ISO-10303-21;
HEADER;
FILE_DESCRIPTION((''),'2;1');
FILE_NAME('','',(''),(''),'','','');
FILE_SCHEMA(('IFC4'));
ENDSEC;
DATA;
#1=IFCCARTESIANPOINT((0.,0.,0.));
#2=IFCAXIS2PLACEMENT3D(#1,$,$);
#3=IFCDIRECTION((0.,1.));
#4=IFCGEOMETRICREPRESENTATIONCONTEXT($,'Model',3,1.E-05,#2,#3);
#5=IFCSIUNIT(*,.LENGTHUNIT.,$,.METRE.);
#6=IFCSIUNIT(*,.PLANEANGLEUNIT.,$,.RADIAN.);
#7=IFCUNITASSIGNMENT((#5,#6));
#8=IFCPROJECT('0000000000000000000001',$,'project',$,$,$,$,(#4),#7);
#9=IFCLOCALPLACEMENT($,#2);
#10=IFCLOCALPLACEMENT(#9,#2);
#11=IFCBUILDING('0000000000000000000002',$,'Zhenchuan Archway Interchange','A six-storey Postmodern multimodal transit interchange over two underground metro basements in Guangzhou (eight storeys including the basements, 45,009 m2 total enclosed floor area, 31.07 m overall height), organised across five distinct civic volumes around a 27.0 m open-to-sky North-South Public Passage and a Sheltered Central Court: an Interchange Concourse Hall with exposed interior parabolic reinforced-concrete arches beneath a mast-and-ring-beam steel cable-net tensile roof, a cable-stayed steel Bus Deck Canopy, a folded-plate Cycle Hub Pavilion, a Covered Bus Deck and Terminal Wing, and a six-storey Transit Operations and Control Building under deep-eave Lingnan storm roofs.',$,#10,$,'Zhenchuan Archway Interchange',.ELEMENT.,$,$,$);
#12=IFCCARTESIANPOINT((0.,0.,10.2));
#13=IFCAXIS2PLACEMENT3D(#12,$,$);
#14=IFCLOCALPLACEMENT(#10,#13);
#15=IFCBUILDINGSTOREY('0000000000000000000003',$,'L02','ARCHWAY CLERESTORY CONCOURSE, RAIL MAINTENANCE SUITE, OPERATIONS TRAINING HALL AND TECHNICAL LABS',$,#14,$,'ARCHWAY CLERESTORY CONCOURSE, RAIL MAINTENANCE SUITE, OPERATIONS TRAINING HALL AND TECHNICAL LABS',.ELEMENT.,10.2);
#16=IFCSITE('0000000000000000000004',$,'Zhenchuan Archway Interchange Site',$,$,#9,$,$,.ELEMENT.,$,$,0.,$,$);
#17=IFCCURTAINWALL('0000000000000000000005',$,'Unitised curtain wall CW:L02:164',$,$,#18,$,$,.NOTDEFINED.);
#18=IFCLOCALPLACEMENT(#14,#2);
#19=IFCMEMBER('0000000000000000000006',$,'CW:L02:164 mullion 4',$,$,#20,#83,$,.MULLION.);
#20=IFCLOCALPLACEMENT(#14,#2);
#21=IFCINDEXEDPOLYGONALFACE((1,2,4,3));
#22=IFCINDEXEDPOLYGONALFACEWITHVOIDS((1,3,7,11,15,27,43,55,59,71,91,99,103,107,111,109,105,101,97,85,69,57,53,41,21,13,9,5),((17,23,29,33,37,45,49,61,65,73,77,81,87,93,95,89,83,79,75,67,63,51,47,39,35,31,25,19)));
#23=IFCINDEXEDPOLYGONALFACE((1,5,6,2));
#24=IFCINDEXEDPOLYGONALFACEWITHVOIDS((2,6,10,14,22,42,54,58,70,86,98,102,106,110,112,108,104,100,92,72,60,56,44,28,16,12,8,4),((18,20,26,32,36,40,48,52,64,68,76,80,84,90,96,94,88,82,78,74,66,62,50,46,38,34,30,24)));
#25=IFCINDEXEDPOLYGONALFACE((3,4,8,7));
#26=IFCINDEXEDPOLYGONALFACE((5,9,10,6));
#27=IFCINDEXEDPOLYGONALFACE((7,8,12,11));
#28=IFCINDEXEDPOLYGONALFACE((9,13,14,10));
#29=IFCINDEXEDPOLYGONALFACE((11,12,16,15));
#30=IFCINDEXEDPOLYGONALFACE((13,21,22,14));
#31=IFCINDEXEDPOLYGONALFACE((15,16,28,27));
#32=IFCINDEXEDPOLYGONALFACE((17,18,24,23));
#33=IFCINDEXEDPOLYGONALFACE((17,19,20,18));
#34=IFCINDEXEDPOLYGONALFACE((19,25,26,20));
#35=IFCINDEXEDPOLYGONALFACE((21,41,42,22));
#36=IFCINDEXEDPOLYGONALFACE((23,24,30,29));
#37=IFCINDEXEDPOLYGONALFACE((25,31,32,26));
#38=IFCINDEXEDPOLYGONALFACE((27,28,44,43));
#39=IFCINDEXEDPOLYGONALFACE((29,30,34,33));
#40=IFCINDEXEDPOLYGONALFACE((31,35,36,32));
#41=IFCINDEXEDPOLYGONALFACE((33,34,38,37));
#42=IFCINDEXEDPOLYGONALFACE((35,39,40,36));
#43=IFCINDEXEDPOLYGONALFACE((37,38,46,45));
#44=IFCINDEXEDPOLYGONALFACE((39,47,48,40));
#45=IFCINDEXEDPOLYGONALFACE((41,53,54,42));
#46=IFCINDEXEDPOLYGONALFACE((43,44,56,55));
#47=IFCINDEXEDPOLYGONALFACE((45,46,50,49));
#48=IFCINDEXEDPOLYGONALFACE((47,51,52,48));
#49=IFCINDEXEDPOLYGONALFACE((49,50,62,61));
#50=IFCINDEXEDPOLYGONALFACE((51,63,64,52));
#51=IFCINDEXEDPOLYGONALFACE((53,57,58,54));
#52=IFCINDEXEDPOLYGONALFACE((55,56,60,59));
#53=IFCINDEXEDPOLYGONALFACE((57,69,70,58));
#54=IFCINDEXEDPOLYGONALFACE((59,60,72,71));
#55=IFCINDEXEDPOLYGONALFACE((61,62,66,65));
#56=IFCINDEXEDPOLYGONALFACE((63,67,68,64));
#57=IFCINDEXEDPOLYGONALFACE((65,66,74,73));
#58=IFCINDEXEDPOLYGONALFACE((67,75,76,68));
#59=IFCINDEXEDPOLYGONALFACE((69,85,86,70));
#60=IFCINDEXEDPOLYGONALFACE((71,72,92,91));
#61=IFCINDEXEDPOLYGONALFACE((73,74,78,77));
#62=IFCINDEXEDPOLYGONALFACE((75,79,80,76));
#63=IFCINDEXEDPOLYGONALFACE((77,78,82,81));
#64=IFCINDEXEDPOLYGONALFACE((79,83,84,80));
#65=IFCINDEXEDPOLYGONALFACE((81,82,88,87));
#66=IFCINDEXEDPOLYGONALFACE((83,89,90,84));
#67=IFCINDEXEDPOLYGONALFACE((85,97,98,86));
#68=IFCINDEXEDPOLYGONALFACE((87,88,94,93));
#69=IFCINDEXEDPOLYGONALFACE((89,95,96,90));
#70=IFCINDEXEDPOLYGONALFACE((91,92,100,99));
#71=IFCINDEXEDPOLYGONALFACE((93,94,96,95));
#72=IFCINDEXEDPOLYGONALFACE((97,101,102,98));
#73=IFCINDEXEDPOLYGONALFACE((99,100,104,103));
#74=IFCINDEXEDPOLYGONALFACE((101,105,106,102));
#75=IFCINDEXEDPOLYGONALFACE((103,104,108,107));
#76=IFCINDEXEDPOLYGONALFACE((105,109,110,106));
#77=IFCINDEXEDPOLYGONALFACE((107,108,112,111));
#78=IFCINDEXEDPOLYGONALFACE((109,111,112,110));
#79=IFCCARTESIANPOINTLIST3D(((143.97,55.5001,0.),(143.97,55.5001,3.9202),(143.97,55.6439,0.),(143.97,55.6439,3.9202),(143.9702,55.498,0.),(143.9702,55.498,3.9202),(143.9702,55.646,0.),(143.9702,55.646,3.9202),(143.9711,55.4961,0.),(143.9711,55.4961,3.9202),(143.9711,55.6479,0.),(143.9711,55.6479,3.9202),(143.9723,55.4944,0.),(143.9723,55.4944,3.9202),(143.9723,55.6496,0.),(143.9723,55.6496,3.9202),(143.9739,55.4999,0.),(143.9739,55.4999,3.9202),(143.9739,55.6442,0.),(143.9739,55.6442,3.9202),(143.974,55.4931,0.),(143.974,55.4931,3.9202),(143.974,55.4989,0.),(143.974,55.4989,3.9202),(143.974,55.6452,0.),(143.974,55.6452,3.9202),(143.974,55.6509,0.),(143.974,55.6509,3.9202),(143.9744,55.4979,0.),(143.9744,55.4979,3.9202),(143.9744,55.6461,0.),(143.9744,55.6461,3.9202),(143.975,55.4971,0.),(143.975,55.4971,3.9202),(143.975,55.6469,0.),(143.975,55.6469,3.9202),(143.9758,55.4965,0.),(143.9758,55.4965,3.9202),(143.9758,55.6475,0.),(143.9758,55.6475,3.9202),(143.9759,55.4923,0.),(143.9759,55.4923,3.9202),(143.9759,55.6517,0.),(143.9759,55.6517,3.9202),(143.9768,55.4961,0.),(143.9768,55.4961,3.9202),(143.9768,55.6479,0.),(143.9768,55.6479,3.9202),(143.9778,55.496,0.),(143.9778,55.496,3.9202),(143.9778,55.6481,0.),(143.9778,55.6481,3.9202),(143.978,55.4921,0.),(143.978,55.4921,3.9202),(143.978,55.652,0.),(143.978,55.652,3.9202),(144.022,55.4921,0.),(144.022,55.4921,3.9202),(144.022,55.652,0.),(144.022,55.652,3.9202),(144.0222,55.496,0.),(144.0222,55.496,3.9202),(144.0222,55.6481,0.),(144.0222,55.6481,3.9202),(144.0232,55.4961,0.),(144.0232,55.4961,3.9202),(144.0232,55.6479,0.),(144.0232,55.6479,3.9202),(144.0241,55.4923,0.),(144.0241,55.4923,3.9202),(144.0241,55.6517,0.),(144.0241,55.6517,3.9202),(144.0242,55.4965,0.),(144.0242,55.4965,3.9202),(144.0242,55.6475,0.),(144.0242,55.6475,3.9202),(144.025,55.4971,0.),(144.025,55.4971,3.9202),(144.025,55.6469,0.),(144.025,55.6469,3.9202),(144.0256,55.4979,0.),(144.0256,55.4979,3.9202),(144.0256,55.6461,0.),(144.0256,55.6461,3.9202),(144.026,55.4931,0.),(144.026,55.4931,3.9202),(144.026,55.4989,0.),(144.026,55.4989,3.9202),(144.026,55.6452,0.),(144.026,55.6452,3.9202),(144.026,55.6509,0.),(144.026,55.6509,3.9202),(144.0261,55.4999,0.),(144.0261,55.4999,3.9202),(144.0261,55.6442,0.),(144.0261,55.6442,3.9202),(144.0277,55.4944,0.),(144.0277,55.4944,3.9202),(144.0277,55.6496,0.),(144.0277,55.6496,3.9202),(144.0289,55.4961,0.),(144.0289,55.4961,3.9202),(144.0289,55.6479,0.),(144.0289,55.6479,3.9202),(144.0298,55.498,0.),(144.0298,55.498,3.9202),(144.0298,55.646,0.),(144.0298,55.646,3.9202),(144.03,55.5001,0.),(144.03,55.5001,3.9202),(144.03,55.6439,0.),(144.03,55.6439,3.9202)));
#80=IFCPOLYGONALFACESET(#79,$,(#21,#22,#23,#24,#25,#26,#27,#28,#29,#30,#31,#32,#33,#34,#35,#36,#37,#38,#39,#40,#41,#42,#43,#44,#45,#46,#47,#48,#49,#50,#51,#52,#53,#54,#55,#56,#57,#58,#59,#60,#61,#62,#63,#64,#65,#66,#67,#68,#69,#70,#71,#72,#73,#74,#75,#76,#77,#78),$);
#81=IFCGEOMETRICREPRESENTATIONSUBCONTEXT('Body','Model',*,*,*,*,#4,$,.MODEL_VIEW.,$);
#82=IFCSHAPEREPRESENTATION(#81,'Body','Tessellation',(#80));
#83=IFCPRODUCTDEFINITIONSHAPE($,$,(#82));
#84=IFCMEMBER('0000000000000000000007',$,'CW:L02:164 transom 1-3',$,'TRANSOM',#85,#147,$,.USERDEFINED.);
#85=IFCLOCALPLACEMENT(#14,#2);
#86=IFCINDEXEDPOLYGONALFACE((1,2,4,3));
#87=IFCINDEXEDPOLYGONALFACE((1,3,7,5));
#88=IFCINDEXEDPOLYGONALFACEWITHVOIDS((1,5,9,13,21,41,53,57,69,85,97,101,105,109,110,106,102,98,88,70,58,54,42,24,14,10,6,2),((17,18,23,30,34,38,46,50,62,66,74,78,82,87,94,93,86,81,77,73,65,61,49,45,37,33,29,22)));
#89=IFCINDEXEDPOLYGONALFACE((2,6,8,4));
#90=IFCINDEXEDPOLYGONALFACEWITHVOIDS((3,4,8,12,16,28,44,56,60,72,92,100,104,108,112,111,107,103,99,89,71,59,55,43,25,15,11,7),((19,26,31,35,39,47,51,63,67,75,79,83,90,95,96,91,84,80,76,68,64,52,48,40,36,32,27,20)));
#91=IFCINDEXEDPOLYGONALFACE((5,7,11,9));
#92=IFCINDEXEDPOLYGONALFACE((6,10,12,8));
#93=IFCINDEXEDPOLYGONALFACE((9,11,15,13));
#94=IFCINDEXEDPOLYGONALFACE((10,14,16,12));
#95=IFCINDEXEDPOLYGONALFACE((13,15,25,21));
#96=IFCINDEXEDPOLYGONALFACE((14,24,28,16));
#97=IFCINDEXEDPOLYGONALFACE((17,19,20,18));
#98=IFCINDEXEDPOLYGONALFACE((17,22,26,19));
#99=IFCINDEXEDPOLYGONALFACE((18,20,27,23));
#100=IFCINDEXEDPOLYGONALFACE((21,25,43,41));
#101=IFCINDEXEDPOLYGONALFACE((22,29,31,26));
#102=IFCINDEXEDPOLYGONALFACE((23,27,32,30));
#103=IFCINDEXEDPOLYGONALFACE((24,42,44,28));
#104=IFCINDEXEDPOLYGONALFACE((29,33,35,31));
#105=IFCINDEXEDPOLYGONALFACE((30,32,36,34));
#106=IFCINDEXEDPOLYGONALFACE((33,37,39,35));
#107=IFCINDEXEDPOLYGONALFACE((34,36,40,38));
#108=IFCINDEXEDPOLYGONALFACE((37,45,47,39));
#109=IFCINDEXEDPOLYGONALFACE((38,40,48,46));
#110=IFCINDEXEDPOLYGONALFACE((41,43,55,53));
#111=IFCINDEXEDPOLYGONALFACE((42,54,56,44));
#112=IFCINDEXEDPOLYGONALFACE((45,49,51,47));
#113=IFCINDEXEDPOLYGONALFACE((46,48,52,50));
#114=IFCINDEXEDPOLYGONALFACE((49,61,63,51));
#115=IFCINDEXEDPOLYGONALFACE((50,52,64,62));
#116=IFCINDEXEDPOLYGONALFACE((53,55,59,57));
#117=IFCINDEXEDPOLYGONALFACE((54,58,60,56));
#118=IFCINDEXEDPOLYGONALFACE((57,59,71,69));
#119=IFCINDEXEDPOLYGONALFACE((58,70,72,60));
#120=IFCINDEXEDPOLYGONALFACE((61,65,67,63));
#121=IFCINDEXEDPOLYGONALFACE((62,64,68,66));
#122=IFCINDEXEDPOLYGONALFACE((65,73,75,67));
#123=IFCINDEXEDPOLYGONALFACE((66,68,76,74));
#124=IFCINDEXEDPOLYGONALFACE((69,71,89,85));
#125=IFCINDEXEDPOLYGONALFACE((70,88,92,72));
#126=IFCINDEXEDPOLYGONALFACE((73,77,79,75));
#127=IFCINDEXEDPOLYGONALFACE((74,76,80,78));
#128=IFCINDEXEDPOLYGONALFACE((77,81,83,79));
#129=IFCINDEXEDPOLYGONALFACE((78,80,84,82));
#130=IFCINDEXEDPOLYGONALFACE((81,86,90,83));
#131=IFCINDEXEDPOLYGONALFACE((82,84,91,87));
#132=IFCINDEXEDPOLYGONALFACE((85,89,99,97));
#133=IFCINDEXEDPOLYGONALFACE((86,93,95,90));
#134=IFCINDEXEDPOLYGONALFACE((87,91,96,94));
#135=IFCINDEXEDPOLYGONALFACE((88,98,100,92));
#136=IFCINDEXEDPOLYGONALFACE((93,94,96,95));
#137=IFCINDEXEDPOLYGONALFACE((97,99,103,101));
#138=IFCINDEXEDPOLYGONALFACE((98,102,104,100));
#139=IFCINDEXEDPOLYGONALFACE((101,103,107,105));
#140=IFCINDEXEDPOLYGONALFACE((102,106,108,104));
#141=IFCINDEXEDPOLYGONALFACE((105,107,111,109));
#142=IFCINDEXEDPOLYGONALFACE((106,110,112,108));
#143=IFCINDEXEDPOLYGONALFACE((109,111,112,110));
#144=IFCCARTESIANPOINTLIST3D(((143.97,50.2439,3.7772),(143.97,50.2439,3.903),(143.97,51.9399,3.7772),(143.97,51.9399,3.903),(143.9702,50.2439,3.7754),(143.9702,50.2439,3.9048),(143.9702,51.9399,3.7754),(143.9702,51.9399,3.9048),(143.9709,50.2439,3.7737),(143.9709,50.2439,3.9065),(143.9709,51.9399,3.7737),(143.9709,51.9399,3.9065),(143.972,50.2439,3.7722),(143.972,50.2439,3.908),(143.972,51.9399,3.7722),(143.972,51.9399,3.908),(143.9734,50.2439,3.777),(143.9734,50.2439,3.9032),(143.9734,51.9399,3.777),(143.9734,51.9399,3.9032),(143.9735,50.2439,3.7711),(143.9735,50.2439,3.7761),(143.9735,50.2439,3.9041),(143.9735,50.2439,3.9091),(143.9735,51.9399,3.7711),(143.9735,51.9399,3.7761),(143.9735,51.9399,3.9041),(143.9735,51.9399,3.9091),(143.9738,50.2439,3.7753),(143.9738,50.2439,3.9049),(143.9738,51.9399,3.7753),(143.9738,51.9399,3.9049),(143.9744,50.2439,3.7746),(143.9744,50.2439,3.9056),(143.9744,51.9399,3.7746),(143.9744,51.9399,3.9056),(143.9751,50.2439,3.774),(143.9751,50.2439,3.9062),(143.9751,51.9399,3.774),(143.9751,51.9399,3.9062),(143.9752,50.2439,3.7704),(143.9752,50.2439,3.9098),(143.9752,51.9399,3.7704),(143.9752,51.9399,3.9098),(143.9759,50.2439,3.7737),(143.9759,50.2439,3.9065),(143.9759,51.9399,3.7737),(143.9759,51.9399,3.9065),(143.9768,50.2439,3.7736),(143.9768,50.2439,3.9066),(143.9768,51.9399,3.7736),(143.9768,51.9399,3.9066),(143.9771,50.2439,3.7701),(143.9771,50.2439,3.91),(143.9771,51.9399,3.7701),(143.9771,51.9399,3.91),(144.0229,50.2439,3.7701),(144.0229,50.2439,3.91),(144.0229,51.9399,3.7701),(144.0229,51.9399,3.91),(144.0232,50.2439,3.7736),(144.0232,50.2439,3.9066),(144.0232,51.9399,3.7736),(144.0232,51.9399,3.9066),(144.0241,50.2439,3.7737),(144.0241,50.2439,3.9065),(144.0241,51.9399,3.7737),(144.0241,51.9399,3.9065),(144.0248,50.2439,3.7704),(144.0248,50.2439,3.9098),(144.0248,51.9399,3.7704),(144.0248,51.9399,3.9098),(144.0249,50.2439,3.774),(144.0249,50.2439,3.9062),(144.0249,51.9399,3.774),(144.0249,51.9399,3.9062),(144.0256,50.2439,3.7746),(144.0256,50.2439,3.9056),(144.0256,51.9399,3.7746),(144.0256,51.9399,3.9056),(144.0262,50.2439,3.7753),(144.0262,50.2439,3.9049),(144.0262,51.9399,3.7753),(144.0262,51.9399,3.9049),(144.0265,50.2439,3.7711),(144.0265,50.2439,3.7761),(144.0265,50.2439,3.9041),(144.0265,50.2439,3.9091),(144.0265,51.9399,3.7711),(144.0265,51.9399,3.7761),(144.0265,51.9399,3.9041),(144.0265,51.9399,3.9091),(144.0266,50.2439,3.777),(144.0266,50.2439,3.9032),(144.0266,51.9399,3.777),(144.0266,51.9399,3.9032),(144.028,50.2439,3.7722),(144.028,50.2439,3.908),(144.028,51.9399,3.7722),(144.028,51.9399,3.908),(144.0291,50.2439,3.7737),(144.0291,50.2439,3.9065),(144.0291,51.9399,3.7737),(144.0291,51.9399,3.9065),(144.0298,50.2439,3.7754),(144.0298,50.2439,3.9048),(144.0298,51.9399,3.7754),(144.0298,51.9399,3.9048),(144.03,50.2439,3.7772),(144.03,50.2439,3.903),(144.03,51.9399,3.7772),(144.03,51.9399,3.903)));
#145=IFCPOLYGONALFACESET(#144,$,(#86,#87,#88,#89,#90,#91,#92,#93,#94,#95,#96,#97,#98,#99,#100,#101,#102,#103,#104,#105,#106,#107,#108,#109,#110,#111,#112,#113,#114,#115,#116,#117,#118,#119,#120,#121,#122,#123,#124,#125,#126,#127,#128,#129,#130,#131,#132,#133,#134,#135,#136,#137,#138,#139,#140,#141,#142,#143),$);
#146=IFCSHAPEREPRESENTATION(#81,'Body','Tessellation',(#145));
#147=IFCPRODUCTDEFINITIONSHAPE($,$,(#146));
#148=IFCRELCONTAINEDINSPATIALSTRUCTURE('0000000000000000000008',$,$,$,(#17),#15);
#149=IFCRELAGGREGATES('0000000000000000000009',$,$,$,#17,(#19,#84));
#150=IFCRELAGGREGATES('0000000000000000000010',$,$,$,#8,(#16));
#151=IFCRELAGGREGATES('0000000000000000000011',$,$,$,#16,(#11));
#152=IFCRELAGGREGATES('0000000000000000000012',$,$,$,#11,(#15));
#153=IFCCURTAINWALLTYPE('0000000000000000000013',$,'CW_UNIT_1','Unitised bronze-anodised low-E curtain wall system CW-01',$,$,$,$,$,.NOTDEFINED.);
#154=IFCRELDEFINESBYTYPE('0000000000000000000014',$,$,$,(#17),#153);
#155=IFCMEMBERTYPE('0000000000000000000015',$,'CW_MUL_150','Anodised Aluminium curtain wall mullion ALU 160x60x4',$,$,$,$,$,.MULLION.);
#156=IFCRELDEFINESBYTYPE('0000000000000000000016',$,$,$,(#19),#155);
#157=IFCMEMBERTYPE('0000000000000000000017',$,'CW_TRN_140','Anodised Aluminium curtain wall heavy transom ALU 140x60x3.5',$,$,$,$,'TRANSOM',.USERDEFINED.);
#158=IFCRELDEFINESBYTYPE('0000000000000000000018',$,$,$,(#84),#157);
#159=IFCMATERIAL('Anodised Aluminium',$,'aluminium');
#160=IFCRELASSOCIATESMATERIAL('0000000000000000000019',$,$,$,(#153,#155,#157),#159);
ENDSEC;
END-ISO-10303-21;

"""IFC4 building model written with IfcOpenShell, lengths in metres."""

from ifc_helpers import new_model, si_unit, direction, frame, origin, origin_2d, place, context, subcontext, project, spatial, hollow_rectangle, extrude, material, material_profile, profile_set, type_object, element, aggregate, save


model = new_model("IFC4")

# Units and contexts
model_context = context("Model", 3, precision=1e-05, world=origin(), true_north=direction((0.0, 1.0)))
body_context = subcontext(model_context, "Body", "Model", "MODEL_VIEW")
ifc_project = project(units=[si_unit("LENGTHUNIT", "METRE"), si_unit("PLANEANGLEUNIT", "RADIAN")], contexts=[model_context])

# Site, building, storey
site_placement = place(None, origin())
site = spatial("IfcSite", under=ifc_project, at=site_placement, Name="Zhenchuan Archway Interchange Site", CompositionType="ELEMENT", RefElevation=0.0)
building_placement = place(site_placement, origin())
building = spatial("IfcBuilding", under=site, at=building_placement, Name="Zhenchuan Archway Interchange", Description="A six-storey Postmodern multimodal transit interchange over two underground metro basements in Guangzhou (eight storeys including the basements, 45,009 m2 total enclosed floor area, 31.07 m overall height), organised across five distinct civic volumes around a 27.0 m open-to-sky North-South Public Passage and a Sheltered Central Court: an Interchange Concourse Hall with exposed interior parabolic reinforced-concrete arches beneath a mast-and-ring-beam steel cable-net tensile roof, a cable-stayed steel Bus Deck Canopy, a folded-plate Cycle Hub Pavilion, a Covered Bus Deck and Terminal Wing, and a six-storey Transit Operations and Control Building under deep-eave Lingnan storm roofs.", LongName="Zhenchuan Archway Interchange", CompositionType="ELEMENT")
storey_placement = place(building_placement, frame((0.0, 0.0, 10.2)))
storey = spatial("IfcBuildingStorey", under=building, at=storey_placement, Name="L02", Description="ARCHWAY CLERESTORY CONCOURSE, RAIL MAINTENANCE SUITE, OPERATIONS TRAINING HALL AND TECHNICAL LABS", LongName="ARCHWAY CLERESTORY CONCOURSE, RAIL MAINTENANCE SUITE, OPERATIONS TRAINING HALL AND TECHNICAL LABS", CompositionType="ELEMENT", Elevation=10.2)

# Curtain wall, members
ifc_material_1 = material(Name="Anodised Aluminium", Category="aluminium")
curtain_wall_type = type_object("IfcCurtainWallType", Name="CW_UNIT_1", Description="Unitised bronze-anodised low-E curtain wall system CW-01", PredefinedType="NOTDEFINED", material=ifc_material_1)
curtain_wall_placement = place(storey_placement, origin())
curtain_wall = element("IfcCurtainWall", 1, at=curtain_wall_placement, inside=storey, type_object=curtain_wall_type, Name="Unitised curtain wall CW:L02:164", PredefinedType="NOTDEFINED")
ifc_material_profile_1 = material_profile(ifc_material_1, hollow_rectangle(XDim=0.0601, YDim=0.1599, WallThickness=0.0039, InnerFilletRadius=0.0039, OuterFilletRadius=0.0081, at=origin_2d()), Name="ALU 160x60x4")
ifc_profile_set_1 = profile_set([ifc_material_profile_1], Name="Anodised Aluminium")
member_type_1 = type_object("IfcMemberType", Name="CW_MUL_150", Description="Anodised Aluminium curtain wall mullion ALU 160x60x4", PredefinedType="MULLION", material=ifc_profile_set_1)
member_1_placement = place(storey_placement, frame((144.0, 55.572, 0.0), z_axis=(0.0, 0.0, 1.0), x_axis=(1.0, 0.0, 0.0)))
member_1 = element("IfcMember", 2, at=member_1_placement, type_object=member_type_1, Name="CW:L02:164 mullion 4", PredefinedType="MULLION", context=body_context, shape_type="SweptSolid", body=[
    extrude(hollow_rectangle(XDim=0.0601, YDim=0.1599, WallThickness=0.0039, InnerFilletRadius=0.0039, OuterFilletRadius=0.0081, at=origin_2d()), origin(), (0.0, 0.0, 1.0), 3.9202),
])
ifc_material_profile_2 = material_profile(ifc_material_1, hollow_rectangle(XDim=0.0601, YDim=0.1399, WallThickness=0.0034, InnerFilletRadius=0.0034, OuterFilletRadius=0.0071, at=origin_2d()), Name="ALU 140x60x3.5")
ifc_profile_set_2 = profile_set([ifc_material_profile_2], Name="Anodised Aluminium")
member_type_2 = type_object("IfcMemberType", Name="CW_TRN_140", Description="Anodised Aluminium curtain wall heavy transom ALU 140x60x3.5", ElementType="TRANSOM", PredefinedType="USERDEFINED", material=ifc_profile_set_2)
member_2_placement = place(storey_placement, frame((144.0, 50.2439, 3.8401), z_axis=(0.0, 1.0, 0.0), x_axis=(-1.0, 0.0, 0.0)))
member_2 = element("IfcMember", 3, at=member_2_placement, type_object=member_type_2, Name="CW:L02:164 transom 1-3", ObjectType="TRANSOM", PredefinedType="USERDEFINED", context=body_context, shape_type="SweptSolid", body=[
    extrude(hollow_rectangle(XDim=0.0601, YDim=0.1399, WallThickness=0.0034, InnerFilletRadius=0.0034, OuterFilletRadius=0.0071, at=origin_2d()), origin(), (0.0, 0.0, 1.0), 1.696),
])
aggregate(curtain_wall, [member_1, member_2])

save(model, "model.ifc")
